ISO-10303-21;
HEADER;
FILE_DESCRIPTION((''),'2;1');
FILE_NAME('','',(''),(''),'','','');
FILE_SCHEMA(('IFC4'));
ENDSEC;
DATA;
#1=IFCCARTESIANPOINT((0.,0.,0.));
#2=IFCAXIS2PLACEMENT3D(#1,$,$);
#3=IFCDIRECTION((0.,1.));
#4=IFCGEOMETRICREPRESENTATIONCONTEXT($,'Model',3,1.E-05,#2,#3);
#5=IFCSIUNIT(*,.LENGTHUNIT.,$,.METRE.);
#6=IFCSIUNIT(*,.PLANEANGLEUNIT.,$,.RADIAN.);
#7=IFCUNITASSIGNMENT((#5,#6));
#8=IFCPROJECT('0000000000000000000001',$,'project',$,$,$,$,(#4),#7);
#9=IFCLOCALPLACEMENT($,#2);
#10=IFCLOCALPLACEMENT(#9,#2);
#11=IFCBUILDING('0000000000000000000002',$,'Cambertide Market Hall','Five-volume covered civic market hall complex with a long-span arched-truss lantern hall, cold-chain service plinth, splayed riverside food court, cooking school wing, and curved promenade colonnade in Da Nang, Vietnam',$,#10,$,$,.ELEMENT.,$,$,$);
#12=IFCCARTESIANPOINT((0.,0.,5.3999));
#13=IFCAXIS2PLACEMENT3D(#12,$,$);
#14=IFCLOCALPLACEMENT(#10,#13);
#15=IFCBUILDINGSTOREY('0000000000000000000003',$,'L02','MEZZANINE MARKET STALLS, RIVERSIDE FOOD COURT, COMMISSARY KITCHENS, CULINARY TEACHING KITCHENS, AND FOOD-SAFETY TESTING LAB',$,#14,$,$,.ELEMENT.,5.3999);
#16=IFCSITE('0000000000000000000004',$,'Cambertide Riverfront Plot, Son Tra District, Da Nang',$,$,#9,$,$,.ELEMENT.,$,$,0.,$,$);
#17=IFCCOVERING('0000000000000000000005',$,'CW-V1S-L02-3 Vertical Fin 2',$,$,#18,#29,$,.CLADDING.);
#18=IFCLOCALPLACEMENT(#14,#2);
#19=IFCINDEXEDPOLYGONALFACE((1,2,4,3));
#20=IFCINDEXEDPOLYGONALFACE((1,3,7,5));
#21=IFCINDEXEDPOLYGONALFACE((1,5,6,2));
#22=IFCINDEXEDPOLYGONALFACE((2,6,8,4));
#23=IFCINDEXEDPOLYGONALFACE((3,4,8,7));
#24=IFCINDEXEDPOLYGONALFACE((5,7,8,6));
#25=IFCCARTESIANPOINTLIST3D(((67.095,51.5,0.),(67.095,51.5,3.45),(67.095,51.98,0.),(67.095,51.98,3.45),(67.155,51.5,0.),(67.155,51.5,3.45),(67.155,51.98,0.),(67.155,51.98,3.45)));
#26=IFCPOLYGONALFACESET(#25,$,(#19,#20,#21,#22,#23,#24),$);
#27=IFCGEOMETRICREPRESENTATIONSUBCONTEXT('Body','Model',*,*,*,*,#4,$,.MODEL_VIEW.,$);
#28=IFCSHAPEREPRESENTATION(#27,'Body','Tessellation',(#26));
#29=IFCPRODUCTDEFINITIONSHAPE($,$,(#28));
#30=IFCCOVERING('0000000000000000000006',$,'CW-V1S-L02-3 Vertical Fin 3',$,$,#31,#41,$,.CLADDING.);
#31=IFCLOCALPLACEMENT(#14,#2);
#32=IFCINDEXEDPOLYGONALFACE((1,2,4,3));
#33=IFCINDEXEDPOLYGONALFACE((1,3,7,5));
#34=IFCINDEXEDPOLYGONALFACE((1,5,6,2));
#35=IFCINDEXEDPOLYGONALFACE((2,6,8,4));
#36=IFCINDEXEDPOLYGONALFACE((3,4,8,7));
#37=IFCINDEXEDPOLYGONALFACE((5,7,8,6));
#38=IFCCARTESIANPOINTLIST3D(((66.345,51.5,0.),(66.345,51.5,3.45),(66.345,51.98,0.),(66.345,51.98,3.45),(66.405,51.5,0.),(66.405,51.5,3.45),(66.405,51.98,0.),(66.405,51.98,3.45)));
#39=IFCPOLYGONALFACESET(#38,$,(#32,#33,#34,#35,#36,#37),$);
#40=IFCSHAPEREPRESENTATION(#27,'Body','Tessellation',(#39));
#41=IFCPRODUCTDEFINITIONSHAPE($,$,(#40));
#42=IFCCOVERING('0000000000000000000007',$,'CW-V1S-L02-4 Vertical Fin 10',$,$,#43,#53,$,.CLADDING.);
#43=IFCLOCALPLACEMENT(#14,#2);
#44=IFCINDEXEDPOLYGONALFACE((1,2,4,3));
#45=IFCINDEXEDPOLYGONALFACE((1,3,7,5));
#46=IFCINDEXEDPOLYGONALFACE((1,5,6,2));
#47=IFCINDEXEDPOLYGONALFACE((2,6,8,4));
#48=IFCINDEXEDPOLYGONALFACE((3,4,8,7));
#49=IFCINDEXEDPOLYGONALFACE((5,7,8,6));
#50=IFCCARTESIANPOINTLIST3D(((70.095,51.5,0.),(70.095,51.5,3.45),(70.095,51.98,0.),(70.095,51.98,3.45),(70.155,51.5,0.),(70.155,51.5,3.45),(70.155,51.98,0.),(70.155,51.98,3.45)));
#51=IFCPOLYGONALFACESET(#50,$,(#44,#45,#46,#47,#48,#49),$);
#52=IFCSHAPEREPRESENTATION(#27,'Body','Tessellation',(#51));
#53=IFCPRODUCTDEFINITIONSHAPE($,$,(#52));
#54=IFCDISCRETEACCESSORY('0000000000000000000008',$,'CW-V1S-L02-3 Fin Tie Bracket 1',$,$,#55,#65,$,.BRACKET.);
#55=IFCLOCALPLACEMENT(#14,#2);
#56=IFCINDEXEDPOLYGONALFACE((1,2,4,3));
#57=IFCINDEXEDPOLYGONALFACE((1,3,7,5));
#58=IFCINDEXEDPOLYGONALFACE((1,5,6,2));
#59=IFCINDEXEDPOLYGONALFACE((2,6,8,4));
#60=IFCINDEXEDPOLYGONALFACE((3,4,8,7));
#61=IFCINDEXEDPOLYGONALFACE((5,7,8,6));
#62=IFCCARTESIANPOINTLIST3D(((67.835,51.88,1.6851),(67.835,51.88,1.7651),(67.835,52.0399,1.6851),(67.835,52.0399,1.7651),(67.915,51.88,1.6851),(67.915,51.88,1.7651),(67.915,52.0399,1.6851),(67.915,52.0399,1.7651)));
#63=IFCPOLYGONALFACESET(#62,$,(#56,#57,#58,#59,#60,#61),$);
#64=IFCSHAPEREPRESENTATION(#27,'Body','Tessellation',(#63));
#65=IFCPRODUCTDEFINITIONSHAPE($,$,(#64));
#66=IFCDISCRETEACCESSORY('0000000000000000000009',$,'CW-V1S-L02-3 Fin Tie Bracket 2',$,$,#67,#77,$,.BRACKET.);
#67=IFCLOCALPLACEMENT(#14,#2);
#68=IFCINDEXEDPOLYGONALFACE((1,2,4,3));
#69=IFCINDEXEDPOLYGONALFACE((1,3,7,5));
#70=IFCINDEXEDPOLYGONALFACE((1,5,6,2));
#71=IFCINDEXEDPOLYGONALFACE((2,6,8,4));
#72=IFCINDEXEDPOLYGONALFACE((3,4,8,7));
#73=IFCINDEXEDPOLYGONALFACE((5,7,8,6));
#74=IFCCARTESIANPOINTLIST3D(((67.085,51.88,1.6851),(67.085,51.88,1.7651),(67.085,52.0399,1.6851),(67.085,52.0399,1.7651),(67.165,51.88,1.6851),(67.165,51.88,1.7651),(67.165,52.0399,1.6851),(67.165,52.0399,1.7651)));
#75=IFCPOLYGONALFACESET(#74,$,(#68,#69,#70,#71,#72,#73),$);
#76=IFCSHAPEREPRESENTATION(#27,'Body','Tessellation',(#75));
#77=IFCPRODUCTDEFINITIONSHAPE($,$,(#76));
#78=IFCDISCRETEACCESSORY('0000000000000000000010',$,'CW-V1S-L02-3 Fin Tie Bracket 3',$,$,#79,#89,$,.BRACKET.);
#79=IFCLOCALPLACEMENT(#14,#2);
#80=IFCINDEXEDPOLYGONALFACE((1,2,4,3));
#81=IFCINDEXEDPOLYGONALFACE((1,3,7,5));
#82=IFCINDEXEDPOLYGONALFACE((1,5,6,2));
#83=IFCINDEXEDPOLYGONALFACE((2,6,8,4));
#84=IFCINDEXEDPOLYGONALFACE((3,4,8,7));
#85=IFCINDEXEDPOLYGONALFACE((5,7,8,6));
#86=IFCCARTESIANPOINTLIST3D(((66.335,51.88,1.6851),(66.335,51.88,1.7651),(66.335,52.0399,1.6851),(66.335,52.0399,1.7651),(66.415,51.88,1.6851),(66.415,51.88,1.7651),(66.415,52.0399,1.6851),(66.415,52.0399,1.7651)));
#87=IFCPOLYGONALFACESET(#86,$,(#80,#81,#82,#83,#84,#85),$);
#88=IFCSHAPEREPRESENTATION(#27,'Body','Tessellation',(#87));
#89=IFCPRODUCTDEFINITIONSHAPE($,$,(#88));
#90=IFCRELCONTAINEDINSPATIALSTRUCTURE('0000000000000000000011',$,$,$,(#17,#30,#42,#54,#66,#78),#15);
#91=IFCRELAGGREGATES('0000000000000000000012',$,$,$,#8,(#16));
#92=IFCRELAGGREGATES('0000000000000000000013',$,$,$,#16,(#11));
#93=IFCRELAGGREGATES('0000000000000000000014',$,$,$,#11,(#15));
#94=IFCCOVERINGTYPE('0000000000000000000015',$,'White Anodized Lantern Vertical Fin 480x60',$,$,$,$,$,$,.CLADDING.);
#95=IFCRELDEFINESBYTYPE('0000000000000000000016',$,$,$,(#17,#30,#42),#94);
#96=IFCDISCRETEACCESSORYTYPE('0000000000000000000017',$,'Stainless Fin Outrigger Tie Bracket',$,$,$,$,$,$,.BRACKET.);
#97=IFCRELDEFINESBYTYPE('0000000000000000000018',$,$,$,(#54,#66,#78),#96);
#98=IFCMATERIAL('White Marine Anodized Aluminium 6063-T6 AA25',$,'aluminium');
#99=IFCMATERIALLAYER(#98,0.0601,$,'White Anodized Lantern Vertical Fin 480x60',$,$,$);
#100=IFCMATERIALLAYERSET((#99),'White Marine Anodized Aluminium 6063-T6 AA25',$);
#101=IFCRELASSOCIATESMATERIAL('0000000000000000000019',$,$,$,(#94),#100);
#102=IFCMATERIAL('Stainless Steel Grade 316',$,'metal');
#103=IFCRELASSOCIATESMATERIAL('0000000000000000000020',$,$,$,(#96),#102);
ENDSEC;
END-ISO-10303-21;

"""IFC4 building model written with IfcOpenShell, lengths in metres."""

from ifc_helpers import new_model, si_unit, direction, frame, origin, origin_2d, place, context, subcontext, project, spatial, rectangle, extrude, material, layer, layer_set, type_object, element, save


model = new_model("IFC4")

# Units and contexts
model_context = context("Model", 3, precision=1e-05, world=origin(), true_north=direction((0.0, 1.0)))
body_context = subcontext(model_context, "Body", "Model", "MODEL_VIEW")
ifc_project = project(units=[si_unit("LENGTHUNIT", "METRE"), si_unit("PLANEANGLEUNIT", "RADIAN")], contexts=[model_context])

# Site, building, storey
site_placement = place(None, origin())
site = spatial("IfcSite", under=ifc_project, at=site_placement, Name="Cambertide Riverfront Plot, Son Tra District, Da Nang", CompositionType="ELEMENT", RefElevation=0.0)
building_placement = place(site_placement, origin())
building = spatial("IfcBuilding", under=site, at=building_placement, Name="Cambertide Market Hall", Description="Five-volume covered civic market hall complex with a long-span arched-truss lantern hall, cold-chain service plinth, splayed riverside food court, cooking school wing, and curved promenade colonnade in Da Nang, Vietnam", CompositionType="ELEMENT")
storey_placement = place(building_placement, frame((0.0, 0.0, 5.3999)))
storey = spatial("IfcBuildingStorey", under=building, at=storey_placement, Name="L02", Description="MEZZANINE MARKET STALLS, RIVERSIDE FOOD COURT, COMMISSARY KITCHENS, CULINARY TEACHING KITCHENS, AND FOOD-SAFETY TESTING LAB", CompositionType="ELEMENT", Elevation=5.3999)

# Coverings
ifc_material_1 = material(Name="White Marine Anodized Aluminium 6063-T6 AA25", Category="aluminium")
ifc_layer_1 = layer(ifc_material_1, 0.0601, Name="White Anodized Lantern Vertical Fin 480x60")
ifc_layer_set_1 = layer_set([ifc_layer_1], Name="White Marine Anodized Aluminium 6063-T6 AA25")
covering_type = type_object("IfcCoveringType", Name="White Anodized Lantern Vertical Fin 480x60", PredefinedType="CLADDING", material=ifc_layer_set_1)
for number, where, z_axis, x_axis, name in (
    (1, (67.125, 51.74, 0.0), (0.0, 0.0, 1.0), (-1.0, 0.0, 0.0), "CW-V1S-L02-3 Vertical Fin 2"),
    (2, (66.375, 51.74, 0.0), (0.0, 0.0, 1.0), (-1.0, 0.0, 0.0), "CW-V1S-L02-3 Vertical Fin 3"),
    (3, (70.125, 51.74, 0.0), (0.0, 0.0, 1.0), (-1.0, 0.0, 0.0), "CW-V1S-L02-4 Vertical Fin 10"),
):
    element("IfcCovering", number, at=place(storey_placement, frame(where, z_axis=z_axis, x_axis=x_axis)), inside=storey, type_object=covering_type, Name=name, PredefinedType="CLADDING", context=body_context, shape_type="SweptSolid", body=[
        extrude(rectangle(XDim=0.0601, YDim=0.48, at=origin_2d()), origin(), (0.0, 0.0, 1.0), 3.45),
    ])

# Discrete accessories
ifc_material_2 = material(Name="Stainless Steel Grade 316", Category="metal")
discrete_accessory_type = type_object("IfcDiscreteAccessoryType", Name="Stainless Fin Outrigger Tie Bracket", PredefinedType="BRACKET", material=ifc_material_2)
for number, where, z_axis, x_axis, name in (
    (4, (67.875, 51.96, 1.6851), (0.0, 0.0, 1.0), (-1.0, 0.0, 0.0), "CW-V1S-L02-3 Fin Tie Bracket 1"),
    (5, (67.125, 51.96, 1.6851), (0.0, 0.0, 1.0), (-1.0, 0.0, 0.0), "CW-V1S-L02-3 Fin Tie Bracket 2"),
    (6, (66.375, 51.96, 1.6851), (0.0, 0.0, 1.0), (-1.0, 0.0, 0.0), "CW-V1S-L02-3 Fin Tie Bracket 3"),
):
    element("IfcDiscreteAccessory", number, at=place(storey_placement, frame(where, z_axis=z_axis, x_axis=x_axis)), inside=storey, type_object=discrete_accessory_type, Name=name, PredefinedType="BRACKET", context=body_context, shape_type="SweptSolid", body=[
        extrude(rectangle(XDim=0.0801, YDim=0.1599, at=origin_2d()), origin(), (0.0, 0.0, 1.0), 0.0801),
    ])

save(model, "model.ifc")
